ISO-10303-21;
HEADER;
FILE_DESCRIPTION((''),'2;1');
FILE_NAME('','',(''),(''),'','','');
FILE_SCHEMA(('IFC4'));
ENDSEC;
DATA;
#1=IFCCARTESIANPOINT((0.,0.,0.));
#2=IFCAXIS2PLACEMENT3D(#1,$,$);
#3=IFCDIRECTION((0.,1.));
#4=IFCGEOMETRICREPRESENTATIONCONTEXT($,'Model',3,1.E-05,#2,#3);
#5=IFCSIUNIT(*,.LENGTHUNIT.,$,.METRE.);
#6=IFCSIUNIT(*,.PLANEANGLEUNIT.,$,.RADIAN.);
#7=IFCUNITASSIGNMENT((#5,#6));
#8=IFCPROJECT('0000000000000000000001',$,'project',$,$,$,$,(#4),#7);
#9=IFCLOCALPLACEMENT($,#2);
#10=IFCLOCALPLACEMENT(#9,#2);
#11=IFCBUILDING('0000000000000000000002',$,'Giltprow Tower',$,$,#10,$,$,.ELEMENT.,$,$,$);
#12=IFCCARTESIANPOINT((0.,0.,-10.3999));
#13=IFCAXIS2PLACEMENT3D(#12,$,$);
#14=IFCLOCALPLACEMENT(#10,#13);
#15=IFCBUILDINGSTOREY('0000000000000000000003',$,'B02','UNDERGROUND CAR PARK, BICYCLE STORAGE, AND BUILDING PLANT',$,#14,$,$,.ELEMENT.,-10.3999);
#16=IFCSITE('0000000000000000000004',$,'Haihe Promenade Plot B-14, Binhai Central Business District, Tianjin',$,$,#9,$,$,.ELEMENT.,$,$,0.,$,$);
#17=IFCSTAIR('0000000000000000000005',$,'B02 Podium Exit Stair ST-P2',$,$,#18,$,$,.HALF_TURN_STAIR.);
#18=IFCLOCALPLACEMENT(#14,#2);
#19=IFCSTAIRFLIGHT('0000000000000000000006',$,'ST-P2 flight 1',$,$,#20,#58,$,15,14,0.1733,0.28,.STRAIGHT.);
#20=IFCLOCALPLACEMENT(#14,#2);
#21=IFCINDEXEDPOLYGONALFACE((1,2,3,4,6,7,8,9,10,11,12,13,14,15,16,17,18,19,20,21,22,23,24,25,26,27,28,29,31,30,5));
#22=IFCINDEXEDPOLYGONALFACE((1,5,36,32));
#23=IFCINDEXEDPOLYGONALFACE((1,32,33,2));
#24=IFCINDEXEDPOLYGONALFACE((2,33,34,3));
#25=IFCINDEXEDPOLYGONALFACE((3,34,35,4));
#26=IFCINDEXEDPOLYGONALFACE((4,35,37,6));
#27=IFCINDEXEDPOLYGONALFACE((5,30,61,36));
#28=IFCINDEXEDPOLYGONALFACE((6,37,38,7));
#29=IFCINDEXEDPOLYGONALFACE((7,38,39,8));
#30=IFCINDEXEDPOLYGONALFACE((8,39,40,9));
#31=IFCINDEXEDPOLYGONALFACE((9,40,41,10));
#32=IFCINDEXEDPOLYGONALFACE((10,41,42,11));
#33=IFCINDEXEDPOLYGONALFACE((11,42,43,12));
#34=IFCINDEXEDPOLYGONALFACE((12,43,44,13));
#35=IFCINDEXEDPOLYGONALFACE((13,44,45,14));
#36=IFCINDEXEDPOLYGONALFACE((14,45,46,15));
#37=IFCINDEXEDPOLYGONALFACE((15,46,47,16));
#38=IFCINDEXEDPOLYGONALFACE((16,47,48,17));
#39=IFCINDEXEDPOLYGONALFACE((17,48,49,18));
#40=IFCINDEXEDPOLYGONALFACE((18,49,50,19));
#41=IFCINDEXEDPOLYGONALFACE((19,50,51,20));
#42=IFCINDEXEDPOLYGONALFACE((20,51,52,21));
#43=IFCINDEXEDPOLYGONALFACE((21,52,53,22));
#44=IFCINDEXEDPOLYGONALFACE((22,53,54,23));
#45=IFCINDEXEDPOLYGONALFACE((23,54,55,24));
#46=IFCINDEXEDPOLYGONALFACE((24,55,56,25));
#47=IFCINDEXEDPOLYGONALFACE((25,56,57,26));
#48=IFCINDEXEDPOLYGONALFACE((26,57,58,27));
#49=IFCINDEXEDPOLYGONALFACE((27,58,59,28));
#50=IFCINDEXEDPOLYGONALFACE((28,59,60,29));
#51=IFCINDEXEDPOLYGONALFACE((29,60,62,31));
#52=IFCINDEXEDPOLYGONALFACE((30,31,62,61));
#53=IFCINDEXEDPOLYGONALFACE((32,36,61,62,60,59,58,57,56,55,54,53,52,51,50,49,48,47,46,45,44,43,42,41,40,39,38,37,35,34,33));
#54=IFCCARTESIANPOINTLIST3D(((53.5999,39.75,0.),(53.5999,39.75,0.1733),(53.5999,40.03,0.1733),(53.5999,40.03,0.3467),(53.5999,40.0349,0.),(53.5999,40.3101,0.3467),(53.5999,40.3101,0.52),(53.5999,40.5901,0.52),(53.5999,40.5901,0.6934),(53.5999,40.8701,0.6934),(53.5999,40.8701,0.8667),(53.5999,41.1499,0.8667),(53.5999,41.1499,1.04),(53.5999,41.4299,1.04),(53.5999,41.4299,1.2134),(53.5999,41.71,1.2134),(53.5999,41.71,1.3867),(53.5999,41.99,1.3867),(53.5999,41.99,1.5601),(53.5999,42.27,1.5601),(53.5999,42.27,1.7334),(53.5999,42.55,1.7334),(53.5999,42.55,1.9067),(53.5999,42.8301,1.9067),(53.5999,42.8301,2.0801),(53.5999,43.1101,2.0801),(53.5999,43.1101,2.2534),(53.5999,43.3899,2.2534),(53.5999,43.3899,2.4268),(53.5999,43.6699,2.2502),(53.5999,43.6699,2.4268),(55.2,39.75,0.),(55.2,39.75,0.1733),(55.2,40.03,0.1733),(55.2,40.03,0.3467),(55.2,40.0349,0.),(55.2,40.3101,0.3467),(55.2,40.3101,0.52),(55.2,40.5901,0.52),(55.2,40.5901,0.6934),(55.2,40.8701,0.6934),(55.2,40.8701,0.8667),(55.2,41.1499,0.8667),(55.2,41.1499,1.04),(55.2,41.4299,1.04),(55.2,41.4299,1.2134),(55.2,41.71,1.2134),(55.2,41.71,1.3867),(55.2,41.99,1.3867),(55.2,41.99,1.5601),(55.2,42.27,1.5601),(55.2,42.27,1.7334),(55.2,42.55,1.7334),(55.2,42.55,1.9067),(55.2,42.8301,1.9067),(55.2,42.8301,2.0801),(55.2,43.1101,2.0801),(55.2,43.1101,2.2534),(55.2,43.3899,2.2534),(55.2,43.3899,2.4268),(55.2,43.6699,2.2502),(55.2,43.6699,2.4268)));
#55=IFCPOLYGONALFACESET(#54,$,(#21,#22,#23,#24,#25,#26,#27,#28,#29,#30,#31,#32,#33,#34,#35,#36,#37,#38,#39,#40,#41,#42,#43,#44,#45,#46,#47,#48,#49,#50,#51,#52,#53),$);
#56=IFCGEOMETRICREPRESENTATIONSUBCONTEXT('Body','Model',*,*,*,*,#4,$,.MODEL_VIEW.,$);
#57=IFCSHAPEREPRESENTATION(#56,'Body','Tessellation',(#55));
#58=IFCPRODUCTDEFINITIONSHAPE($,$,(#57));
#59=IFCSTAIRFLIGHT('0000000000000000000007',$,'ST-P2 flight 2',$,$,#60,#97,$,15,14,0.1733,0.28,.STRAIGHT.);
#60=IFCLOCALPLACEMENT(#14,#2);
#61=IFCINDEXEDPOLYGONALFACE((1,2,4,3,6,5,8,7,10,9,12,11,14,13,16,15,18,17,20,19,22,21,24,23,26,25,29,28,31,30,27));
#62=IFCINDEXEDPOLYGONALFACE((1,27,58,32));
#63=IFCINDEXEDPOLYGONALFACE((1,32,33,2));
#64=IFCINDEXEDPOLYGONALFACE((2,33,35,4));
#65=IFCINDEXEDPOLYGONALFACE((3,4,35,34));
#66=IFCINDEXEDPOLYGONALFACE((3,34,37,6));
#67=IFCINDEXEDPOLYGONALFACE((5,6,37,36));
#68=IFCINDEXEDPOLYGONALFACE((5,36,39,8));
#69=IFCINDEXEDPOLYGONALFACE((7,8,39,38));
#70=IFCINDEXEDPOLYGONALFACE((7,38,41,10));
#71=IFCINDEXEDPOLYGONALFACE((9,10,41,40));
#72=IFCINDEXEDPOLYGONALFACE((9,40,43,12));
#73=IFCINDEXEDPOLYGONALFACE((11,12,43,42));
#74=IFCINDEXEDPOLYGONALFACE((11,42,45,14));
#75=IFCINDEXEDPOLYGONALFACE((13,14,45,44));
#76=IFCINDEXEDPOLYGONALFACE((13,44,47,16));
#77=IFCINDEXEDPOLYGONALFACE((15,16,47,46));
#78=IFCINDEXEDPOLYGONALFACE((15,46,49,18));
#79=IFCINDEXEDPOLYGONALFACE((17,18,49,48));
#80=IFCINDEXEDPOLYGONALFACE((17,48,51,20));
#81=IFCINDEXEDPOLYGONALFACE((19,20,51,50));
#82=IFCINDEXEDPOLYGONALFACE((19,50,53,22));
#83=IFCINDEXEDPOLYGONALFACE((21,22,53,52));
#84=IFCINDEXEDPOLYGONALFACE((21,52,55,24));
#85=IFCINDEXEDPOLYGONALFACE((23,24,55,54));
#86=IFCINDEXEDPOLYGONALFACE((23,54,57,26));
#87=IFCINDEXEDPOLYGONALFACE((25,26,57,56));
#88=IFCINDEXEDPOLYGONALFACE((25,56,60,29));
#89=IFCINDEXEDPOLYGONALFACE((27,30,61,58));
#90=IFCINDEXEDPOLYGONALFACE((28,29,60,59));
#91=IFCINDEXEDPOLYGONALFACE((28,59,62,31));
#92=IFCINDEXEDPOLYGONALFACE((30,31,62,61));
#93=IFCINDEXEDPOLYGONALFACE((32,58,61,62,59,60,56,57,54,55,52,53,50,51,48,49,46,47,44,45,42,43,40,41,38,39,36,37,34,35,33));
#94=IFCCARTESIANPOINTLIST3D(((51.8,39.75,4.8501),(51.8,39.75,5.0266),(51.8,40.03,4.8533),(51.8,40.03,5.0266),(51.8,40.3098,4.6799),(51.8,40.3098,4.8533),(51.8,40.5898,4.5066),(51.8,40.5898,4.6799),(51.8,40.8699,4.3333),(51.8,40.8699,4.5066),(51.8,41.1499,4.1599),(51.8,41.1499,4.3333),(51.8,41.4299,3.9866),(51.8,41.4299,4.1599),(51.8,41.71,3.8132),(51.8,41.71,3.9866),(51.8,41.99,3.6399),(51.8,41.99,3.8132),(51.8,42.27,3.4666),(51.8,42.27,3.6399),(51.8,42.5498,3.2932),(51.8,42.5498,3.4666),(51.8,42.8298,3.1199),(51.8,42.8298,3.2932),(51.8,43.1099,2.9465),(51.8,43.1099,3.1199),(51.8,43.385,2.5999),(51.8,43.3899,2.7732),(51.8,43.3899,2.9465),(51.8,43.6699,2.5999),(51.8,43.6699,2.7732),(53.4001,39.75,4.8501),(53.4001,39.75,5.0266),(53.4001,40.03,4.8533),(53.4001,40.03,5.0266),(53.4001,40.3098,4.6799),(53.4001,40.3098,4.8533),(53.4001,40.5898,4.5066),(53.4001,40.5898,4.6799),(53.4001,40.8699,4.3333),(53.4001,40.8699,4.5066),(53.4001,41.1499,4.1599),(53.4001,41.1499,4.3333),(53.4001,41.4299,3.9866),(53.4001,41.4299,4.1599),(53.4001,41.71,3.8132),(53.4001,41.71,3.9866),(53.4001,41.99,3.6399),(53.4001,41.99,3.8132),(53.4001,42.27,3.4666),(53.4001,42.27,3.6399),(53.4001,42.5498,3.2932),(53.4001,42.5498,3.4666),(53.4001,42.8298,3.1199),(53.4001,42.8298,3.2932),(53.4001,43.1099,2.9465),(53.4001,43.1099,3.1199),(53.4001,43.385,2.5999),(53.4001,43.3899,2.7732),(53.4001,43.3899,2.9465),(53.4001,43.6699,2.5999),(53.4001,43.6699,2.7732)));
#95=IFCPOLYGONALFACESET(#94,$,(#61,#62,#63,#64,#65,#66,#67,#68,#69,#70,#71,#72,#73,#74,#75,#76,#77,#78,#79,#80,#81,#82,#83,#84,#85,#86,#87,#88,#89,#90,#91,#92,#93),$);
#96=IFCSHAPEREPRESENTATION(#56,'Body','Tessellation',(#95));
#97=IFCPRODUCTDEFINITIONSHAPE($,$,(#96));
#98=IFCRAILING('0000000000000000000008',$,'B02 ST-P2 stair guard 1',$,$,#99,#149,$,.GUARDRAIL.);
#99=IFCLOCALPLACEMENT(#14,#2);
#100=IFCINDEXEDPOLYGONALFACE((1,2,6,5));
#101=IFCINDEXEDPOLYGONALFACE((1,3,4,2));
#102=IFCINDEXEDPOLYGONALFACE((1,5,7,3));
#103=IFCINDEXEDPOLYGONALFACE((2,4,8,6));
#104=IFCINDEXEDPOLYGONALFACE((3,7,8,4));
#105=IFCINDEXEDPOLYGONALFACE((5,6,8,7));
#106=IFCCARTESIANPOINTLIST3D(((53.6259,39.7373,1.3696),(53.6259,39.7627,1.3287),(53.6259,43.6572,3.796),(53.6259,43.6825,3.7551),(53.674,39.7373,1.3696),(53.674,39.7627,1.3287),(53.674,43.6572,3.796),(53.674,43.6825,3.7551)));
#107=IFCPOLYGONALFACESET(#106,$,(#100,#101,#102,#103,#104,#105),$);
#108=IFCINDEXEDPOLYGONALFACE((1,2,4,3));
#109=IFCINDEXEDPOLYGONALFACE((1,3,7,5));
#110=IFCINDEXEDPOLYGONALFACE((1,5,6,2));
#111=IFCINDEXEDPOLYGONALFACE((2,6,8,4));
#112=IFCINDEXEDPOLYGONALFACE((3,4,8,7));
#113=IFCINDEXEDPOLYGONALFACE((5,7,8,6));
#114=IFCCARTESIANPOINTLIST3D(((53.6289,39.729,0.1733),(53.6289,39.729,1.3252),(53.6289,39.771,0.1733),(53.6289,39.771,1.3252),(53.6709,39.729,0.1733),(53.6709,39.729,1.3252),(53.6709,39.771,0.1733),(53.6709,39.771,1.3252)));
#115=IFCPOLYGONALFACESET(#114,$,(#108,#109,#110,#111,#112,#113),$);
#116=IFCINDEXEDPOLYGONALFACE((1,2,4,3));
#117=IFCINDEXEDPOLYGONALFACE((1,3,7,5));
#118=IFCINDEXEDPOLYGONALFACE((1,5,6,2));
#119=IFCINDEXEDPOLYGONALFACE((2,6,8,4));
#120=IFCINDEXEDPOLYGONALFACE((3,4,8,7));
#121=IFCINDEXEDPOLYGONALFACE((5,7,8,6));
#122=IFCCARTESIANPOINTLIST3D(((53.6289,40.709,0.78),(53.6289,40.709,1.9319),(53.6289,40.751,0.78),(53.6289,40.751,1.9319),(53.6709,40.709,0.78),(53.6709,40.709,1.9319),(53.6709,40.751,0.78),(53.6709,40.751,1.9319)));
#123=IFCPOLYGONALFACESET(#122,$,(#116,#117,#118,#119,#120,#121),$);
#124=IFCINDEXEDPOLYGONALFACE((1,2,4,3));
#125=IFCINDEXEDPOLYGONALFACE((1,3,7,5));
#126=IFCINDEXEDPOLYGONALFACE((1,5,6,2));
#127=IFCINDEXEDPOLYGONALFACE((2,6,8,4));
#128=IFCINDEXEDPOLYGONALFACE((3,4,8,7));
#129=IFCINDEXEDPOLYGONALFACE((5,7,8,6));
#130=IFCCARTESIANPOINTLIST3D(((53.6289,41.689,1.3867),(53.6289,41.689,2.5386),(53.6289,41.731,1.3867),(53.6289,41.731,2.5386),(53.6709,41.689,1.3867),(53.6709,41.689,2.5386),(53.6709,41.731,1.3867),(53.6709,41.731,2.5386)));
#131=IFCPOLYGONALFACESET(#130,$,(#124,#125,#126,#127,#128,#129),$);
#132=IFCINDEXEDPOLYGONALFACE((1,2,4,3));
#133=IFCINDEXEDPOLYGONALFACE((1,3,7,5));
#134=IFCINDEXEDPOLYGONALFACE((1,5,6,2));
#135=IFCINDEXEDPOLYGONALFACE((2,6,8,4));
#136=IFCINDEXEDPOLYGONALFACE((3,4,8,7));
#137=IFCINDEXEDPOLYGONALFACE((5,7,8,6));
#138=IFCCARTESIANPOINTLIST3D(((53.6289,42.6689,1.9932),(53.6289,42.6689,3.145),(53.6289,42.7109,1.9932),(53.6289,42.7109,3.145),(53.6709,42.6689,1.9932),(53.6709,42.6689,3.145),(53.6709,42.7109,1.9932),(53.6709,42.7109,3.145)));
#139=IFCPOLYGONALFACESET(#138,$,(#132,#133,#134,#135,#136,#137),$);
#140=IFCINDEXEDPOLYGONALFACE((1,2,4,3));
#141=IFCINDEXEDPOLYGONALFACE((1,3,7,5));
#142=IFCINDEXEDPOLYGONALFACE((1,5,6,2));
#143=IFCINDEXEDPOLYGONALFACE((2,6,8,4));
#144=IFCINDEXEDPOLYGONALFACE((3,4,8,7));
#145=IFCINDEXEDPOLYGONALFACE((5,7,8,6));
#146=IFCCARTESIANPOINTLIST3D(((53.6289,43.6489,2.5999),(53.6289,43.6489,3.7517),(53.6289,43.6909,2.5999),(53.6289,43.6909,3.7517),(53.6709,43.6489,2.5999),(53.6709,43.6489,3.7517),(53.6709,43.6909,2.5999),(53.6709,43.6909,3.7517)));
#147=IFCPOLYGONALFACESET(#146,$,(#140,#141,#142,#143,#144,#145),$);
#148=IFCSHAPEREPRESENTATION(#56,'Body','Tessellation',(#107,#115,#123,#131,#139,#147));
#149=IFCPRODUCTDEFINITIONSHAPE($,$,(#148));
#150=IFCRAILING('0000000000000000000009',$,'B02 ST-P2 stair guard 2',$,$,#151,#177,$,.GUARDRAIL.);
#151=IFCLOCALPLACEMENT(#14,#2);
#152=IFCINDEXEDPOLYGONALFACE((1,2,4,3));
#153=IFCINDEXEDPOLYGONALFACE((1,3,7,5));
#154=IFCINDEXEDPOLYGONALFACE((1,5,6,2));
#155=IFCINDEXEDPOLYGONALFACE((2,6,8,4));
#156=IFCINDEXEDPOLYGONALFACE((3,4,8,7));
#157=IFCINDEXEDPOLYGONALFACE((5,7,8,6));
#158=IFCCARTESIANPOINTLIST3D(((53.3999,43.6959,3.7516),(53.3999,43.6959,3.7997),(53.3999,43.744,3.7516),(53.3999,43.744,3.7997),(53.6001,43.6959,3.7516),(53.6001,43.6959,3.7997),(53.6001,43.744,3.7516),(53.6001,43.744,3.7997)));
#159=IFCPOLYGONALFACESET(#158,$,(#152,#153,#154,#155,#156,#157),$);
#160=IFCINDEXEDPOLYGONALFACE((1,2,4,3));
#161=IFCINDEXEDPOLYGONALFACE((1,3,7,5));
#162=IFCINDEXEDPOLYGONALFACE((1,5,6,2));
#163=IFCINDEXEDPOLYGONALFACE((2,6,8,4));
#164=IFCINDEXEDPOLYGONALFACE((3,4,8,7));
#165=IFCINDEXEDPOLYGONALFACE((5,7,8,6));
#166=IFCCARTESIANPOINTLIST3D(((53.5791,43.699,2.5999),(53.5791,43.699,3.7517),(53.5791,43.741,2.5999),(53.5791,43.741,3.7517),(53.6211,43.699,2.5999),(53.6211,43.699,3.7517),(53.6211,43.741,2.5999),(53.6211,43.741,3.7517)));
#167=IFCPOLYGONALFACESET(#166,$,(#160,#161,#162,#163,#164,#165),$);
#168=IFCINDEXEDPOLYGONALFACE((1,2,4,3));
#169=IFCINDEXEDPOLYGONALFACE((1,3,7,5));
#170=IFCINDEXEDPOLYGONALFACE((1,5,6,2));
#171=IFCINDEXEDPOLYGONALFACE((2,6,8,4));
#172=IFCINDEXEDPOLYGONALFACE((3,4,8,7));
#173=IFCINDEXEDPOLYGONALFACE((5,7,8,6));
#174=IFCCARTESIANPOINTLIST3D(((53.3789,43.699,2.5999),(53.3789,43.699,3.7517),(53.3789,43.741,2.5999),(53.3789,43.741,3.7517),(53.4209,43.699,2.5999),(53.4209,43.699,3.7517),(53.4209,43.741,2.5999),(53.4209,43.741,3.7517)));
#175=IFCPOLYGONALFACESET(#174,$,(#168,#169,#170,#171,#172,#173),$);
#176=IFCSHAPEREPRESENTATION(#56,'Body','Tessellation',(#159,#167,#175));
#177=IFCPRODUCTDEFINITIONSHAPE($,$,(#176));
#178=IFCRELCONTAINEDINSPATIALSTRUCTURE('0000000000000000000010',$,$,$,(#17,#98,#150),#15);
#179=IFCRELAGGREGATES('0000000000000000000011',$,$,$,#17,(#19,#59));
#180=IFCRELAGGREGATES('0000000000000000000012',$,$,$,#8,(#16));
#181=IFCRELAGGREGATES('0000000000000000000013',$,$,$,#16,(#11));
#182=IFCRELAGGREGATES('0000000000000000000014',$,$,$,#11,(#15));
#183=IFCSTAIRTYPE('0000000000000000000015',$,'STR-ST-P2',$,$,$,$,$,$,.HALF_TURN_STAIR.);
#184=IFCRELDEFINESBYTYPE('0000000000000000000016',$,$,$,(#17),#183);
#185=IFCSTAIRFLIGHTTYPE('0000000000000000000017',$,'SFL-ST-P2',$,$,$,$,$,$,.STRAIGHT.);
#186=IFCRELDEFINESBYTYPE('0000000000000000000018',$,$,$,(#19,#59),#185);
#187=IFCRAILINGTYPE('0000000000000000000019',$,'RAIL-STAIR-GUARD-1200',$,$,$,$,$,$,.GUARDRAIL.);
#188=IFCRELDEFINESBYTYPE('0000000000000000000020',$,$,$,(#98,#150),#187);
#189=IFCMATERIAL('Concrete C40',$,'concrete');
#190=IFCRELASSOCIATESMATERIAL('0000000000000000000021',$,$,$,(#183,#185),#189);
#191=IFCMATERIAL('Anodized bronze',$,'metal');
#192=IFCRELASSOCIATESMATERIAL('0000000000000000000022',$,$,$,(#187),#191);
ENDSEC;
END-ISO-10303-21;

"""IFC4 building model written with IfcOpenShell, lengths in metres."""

from ifc_helpers import new_model, si_unit, direction, frame, origin, origin_2d, place, context, subcontext, project, spatial, polyline, rectangle, outline, extrude, material, type_object, element, aggregate, save


model = new_model("IFC4")

# Units and contexts
model_context = context("Model", 3, precision=1e-05, world=origin(), true_north=direction((0.0, 1.0)))
body_context = subcontext(model_context, "Body", "Model", "MODEL_VIEW")
ifc_project = project(units=[si_unit("LENGTHUNIT", "METRE"), si_unit("PLANEANGLEUNIT", "RADIAN")], contexts=[model_context])

# Site, building, storey
site_placement = place(None, origin())
site = spatial("IfcSite", under=ifc_project, at=site_placement, Name="Haihe Promenade Plot B-14, Binhai Central Business District, Tianjin", CompositionType="ELEMENT", RefElevation=0.0)
building_placement = place(site_placement, origin())
building = spatial("IfcBuilding", under=site, at=building_placement, Name="Giltprow Tower", CompositionType="ELEMENT")
storey_placement = place(building_placement, frame((0.0, 0.0, -10.3999)))
storey = spatial("IfcBuildingStorey", under=building, at=storey_placement, Name="B02", Description="UNDERGROUND CAR PARK, BICYCLE STORAGE, AND BUILDING PLANT", CompositionType="ELEMENT", Elevation=-10.3999)

# Shared definitions
ifc_material_1 = material(Name="Concrete C40", Category="concrete")

# Stair, stair flights
stair_type = type_object("IfcStairType", Name="STR-ST-P2", PredefinedType="HALF_TURN_STAIR", material=ifc_material_1)
stair_placement = place(storey_placement, origin())
stair = element("IfcStair", 1, at=stair_placement, inside=storey, type_object=stair_type, Name="B02 Podium Exit Stair ST-P2", PredefinedType="HALF_TURN_STAIR")
stair_flight_type = type_object("IfcStairFlightType", Name="SFL-ST-P2", PredefinedType="STRAIGHT", material=ifc_material_1)
stair_flight_1_placement = place(storey_placement, frame((54.3999, 39.75, 0.0), z_axis=(0.0, 0.0, 1.0), x_axis=(0.0, 1.0, 0.0)))
stair_flight_1 = element("IfcStairFlight", 2, at=stair_flight_1_placement, type_object=stair_flight_type, Name="ST-P2 flight 1", NumberOfRisers=15, NumberOfTreads=14, PredefinedType="STRAIGHT", RiserHeight=0.1733, TreadLength=0.28, context=body_context, shape_type="SweptSolid", body=[
    extrude(outline(polyline([(0.0, 0.0), (0.0, 0.1733), (0.28, 0.1733), (0.28, 0.3467), (0.5601, 0.3467), (0.5601, 0.52), (0.8401, 0.52), (0.8401, 0.6934), (1.1201, 0.6934), (1.1201, 0.8667), (1.3999, 0.8667), (1.3999, 1.04), (1.6799, 1.04), (1.6799, 1.2134), (1.96, 1.2134), (1.96, 1.3867), (2.24, 1.3867), (2.24, 1.5601), (2.52, 1.5601), (2.52, 1.7334), (2.8, 1.7334), (2.8, 1.9067), (3.0801, 1.9067), (3.0801, 2.0801), (3.3601, 2.0801), (3.3601, 2.2534), (3.6399, 2.2534), (3.6399, 2.4268), (3.9199, 2.4268), (3.9199, 2.6001), (3.9199, 2.2502), (0.2849, 0.0), (0.0, 0.0)])), frame((0.0, 0.8, 0.0), z_axis=(0.0, -1.0, 0.0), x_axis=(1.0, 0.0, 0.0)), (0.0, 0.0, 1.0), 1.6001),
])
stair_flight_2_placement = place(storey_placement, frame((52.6001, 43.6699, 2.5999), z_axis=(0.0, 0.0, 1.0), x_axis=(0.0, -1.0, 0.0)))
stair_flight_2 = element("IfcStairFlight", 3, at=stair_flight_2_placement, type_object=stair_flight_type, Name="ST-P2 flight 2", NumberOfRisers=15, NumberOfTreads=14, PredefinedType="STRAIGHT", RiserHeight=0.1733, TreadLength=0.28, context=body_context, shape_type="SweptSolid", body=[
    extrude(outline(polyline([(0.0, 0.0), (0.0, 0.1733), (0.28, 0.1733), (0.28, 0.3467), (0.5601, 0.3467), (0.5601, 0.52), (0.8401, 0.52), (0.8401, 0.6934), (1.1201, 0.6934), (1.1201, 0.8667), (1.3999, 0.8667), (1.3999, 1.04), (1.6799, 1.04), (1.6799, 1.2134), (1.96, 1.2134), (1.96, 1.3867), (2.24, 1.3867), (2.24, 1.5601), (2.52, 1.5601), (2.52, 1.7334), (2.8, 1.7334), (2.8, 1.9067), (3.0801, 1.9067), (3.0801, 2.0801), (3.3601, 2.0801), (3.3601, 2.2534), (3.6399, 2.2534), (3.6399, 2.4268), (3.9199, 2.4268), (3.9199, 2.6001), (3.9199, 2.2502), (0.2849, 0.0), (0.0, 0.0)])), frame((0.0, 0.8, 0.0), z_axis=(0.0, -1.0, 0.0), x_axis=(1.0, 0.0, 0.0)), (0.0, 0.0, 1.0), 1.6001),
])
aggregate(stair, [stair_flight_1, stair_flight_2])

# Railings
ifc_material_2 = material(Name="Anodized bronze", Category="metal")
railing_type_1 = type_object("IfcRailingType", Name="RAIL-STAIR-GUARD-1200", PredefinedType="GUARDRAIL", material=ifc_material_2)
railing_1_placement = place(storey_placement, frame((53.6499, 39.75, 0.1733)))
element("IfcRailing", 4, at=railing_1_placement, inside=storey, type_object=railing_type_1, Name="B02 ST-P2 stair guard 1", PredefinedType="GUARDRAIL", context=body_context, shape_type="SweptSolid", body=[
    extrude(rectangle(XDim=0.0481, YDim=0.0481, at=origin_2d()), frame((0.0, 0.0, 1.1758), z_axis=(0.0, 0.850275, 0.526338), x_axis=(-1.0, 0.0, 0.0)), (0.0, 0.0, 1.0), 4.6101),
    extrude(rectangle(XDim=0.042, YDim=0.042, at=origin_2d()), origin(), (0.0, 0.0, 1.0), 1.1519),
    extrude(rectangle(XDim=0.042, YDim=0.042, at=origin_2d()), frame((0.0, 0.98, 0.6067)), (0.0, 0.0, 1.0), 1.1519),
    extrude(rectangle(XDim=0.042, YDim=0.042, at=origin_2d()), frame((0.0, 1.96, 1.2134)), (0.0, 0.0, 1.0), 1.1519),
    extrude(rectangle(XDim=0.042, YDim=0.042, at=origin_2d()), frame((0.0, 2.9399, 1.8198)), (0.0, 0.0, 1.0), 1.1519),
    extrude(rectangle(XDim=0.042, YDim=0.042, at=origin_2d()), frame((0.0, 3.9199, 2.4265)), (0.0, 0.0, 1.0), 1.1519),
])
railing_2_placement = place(storey_placement, frame((53.6001, 43.72, 2.5999)))
element("IfcRailing", 5, at=railing_2_placement, inside=storey, type_object=railing_type_1, Name="B02 ST-P2 stair guard 2", PredefinedType="GUARDRAIL", context=body_context, shape_type="SweptSolid", body=[
    extrude(rectangle(XDim=0.0481, YDim=0.0481, at=origin_2d()), frame((0.0, 0.0, 1.1758), z_axis=(-1.0, 0.0, 0.0), x_axis=(0.0, -1.0, 0.0)), (0.0, 0.0, 1.0), 0.2002),
    extrude(rectangle(XDim=0.042, YDim=0.042, at=origin_2d()), origin(), (0.0, 0.0, 1.0), 1.1519),
    extrude(rectangle(XDim=0.042, YDim=0.042, at=origin_2d()), frame((-0.2002, 0.0, 0.0)), (0.0, 0.0, 1.0), 1.1519),
])

save(model, "model.ifc")
